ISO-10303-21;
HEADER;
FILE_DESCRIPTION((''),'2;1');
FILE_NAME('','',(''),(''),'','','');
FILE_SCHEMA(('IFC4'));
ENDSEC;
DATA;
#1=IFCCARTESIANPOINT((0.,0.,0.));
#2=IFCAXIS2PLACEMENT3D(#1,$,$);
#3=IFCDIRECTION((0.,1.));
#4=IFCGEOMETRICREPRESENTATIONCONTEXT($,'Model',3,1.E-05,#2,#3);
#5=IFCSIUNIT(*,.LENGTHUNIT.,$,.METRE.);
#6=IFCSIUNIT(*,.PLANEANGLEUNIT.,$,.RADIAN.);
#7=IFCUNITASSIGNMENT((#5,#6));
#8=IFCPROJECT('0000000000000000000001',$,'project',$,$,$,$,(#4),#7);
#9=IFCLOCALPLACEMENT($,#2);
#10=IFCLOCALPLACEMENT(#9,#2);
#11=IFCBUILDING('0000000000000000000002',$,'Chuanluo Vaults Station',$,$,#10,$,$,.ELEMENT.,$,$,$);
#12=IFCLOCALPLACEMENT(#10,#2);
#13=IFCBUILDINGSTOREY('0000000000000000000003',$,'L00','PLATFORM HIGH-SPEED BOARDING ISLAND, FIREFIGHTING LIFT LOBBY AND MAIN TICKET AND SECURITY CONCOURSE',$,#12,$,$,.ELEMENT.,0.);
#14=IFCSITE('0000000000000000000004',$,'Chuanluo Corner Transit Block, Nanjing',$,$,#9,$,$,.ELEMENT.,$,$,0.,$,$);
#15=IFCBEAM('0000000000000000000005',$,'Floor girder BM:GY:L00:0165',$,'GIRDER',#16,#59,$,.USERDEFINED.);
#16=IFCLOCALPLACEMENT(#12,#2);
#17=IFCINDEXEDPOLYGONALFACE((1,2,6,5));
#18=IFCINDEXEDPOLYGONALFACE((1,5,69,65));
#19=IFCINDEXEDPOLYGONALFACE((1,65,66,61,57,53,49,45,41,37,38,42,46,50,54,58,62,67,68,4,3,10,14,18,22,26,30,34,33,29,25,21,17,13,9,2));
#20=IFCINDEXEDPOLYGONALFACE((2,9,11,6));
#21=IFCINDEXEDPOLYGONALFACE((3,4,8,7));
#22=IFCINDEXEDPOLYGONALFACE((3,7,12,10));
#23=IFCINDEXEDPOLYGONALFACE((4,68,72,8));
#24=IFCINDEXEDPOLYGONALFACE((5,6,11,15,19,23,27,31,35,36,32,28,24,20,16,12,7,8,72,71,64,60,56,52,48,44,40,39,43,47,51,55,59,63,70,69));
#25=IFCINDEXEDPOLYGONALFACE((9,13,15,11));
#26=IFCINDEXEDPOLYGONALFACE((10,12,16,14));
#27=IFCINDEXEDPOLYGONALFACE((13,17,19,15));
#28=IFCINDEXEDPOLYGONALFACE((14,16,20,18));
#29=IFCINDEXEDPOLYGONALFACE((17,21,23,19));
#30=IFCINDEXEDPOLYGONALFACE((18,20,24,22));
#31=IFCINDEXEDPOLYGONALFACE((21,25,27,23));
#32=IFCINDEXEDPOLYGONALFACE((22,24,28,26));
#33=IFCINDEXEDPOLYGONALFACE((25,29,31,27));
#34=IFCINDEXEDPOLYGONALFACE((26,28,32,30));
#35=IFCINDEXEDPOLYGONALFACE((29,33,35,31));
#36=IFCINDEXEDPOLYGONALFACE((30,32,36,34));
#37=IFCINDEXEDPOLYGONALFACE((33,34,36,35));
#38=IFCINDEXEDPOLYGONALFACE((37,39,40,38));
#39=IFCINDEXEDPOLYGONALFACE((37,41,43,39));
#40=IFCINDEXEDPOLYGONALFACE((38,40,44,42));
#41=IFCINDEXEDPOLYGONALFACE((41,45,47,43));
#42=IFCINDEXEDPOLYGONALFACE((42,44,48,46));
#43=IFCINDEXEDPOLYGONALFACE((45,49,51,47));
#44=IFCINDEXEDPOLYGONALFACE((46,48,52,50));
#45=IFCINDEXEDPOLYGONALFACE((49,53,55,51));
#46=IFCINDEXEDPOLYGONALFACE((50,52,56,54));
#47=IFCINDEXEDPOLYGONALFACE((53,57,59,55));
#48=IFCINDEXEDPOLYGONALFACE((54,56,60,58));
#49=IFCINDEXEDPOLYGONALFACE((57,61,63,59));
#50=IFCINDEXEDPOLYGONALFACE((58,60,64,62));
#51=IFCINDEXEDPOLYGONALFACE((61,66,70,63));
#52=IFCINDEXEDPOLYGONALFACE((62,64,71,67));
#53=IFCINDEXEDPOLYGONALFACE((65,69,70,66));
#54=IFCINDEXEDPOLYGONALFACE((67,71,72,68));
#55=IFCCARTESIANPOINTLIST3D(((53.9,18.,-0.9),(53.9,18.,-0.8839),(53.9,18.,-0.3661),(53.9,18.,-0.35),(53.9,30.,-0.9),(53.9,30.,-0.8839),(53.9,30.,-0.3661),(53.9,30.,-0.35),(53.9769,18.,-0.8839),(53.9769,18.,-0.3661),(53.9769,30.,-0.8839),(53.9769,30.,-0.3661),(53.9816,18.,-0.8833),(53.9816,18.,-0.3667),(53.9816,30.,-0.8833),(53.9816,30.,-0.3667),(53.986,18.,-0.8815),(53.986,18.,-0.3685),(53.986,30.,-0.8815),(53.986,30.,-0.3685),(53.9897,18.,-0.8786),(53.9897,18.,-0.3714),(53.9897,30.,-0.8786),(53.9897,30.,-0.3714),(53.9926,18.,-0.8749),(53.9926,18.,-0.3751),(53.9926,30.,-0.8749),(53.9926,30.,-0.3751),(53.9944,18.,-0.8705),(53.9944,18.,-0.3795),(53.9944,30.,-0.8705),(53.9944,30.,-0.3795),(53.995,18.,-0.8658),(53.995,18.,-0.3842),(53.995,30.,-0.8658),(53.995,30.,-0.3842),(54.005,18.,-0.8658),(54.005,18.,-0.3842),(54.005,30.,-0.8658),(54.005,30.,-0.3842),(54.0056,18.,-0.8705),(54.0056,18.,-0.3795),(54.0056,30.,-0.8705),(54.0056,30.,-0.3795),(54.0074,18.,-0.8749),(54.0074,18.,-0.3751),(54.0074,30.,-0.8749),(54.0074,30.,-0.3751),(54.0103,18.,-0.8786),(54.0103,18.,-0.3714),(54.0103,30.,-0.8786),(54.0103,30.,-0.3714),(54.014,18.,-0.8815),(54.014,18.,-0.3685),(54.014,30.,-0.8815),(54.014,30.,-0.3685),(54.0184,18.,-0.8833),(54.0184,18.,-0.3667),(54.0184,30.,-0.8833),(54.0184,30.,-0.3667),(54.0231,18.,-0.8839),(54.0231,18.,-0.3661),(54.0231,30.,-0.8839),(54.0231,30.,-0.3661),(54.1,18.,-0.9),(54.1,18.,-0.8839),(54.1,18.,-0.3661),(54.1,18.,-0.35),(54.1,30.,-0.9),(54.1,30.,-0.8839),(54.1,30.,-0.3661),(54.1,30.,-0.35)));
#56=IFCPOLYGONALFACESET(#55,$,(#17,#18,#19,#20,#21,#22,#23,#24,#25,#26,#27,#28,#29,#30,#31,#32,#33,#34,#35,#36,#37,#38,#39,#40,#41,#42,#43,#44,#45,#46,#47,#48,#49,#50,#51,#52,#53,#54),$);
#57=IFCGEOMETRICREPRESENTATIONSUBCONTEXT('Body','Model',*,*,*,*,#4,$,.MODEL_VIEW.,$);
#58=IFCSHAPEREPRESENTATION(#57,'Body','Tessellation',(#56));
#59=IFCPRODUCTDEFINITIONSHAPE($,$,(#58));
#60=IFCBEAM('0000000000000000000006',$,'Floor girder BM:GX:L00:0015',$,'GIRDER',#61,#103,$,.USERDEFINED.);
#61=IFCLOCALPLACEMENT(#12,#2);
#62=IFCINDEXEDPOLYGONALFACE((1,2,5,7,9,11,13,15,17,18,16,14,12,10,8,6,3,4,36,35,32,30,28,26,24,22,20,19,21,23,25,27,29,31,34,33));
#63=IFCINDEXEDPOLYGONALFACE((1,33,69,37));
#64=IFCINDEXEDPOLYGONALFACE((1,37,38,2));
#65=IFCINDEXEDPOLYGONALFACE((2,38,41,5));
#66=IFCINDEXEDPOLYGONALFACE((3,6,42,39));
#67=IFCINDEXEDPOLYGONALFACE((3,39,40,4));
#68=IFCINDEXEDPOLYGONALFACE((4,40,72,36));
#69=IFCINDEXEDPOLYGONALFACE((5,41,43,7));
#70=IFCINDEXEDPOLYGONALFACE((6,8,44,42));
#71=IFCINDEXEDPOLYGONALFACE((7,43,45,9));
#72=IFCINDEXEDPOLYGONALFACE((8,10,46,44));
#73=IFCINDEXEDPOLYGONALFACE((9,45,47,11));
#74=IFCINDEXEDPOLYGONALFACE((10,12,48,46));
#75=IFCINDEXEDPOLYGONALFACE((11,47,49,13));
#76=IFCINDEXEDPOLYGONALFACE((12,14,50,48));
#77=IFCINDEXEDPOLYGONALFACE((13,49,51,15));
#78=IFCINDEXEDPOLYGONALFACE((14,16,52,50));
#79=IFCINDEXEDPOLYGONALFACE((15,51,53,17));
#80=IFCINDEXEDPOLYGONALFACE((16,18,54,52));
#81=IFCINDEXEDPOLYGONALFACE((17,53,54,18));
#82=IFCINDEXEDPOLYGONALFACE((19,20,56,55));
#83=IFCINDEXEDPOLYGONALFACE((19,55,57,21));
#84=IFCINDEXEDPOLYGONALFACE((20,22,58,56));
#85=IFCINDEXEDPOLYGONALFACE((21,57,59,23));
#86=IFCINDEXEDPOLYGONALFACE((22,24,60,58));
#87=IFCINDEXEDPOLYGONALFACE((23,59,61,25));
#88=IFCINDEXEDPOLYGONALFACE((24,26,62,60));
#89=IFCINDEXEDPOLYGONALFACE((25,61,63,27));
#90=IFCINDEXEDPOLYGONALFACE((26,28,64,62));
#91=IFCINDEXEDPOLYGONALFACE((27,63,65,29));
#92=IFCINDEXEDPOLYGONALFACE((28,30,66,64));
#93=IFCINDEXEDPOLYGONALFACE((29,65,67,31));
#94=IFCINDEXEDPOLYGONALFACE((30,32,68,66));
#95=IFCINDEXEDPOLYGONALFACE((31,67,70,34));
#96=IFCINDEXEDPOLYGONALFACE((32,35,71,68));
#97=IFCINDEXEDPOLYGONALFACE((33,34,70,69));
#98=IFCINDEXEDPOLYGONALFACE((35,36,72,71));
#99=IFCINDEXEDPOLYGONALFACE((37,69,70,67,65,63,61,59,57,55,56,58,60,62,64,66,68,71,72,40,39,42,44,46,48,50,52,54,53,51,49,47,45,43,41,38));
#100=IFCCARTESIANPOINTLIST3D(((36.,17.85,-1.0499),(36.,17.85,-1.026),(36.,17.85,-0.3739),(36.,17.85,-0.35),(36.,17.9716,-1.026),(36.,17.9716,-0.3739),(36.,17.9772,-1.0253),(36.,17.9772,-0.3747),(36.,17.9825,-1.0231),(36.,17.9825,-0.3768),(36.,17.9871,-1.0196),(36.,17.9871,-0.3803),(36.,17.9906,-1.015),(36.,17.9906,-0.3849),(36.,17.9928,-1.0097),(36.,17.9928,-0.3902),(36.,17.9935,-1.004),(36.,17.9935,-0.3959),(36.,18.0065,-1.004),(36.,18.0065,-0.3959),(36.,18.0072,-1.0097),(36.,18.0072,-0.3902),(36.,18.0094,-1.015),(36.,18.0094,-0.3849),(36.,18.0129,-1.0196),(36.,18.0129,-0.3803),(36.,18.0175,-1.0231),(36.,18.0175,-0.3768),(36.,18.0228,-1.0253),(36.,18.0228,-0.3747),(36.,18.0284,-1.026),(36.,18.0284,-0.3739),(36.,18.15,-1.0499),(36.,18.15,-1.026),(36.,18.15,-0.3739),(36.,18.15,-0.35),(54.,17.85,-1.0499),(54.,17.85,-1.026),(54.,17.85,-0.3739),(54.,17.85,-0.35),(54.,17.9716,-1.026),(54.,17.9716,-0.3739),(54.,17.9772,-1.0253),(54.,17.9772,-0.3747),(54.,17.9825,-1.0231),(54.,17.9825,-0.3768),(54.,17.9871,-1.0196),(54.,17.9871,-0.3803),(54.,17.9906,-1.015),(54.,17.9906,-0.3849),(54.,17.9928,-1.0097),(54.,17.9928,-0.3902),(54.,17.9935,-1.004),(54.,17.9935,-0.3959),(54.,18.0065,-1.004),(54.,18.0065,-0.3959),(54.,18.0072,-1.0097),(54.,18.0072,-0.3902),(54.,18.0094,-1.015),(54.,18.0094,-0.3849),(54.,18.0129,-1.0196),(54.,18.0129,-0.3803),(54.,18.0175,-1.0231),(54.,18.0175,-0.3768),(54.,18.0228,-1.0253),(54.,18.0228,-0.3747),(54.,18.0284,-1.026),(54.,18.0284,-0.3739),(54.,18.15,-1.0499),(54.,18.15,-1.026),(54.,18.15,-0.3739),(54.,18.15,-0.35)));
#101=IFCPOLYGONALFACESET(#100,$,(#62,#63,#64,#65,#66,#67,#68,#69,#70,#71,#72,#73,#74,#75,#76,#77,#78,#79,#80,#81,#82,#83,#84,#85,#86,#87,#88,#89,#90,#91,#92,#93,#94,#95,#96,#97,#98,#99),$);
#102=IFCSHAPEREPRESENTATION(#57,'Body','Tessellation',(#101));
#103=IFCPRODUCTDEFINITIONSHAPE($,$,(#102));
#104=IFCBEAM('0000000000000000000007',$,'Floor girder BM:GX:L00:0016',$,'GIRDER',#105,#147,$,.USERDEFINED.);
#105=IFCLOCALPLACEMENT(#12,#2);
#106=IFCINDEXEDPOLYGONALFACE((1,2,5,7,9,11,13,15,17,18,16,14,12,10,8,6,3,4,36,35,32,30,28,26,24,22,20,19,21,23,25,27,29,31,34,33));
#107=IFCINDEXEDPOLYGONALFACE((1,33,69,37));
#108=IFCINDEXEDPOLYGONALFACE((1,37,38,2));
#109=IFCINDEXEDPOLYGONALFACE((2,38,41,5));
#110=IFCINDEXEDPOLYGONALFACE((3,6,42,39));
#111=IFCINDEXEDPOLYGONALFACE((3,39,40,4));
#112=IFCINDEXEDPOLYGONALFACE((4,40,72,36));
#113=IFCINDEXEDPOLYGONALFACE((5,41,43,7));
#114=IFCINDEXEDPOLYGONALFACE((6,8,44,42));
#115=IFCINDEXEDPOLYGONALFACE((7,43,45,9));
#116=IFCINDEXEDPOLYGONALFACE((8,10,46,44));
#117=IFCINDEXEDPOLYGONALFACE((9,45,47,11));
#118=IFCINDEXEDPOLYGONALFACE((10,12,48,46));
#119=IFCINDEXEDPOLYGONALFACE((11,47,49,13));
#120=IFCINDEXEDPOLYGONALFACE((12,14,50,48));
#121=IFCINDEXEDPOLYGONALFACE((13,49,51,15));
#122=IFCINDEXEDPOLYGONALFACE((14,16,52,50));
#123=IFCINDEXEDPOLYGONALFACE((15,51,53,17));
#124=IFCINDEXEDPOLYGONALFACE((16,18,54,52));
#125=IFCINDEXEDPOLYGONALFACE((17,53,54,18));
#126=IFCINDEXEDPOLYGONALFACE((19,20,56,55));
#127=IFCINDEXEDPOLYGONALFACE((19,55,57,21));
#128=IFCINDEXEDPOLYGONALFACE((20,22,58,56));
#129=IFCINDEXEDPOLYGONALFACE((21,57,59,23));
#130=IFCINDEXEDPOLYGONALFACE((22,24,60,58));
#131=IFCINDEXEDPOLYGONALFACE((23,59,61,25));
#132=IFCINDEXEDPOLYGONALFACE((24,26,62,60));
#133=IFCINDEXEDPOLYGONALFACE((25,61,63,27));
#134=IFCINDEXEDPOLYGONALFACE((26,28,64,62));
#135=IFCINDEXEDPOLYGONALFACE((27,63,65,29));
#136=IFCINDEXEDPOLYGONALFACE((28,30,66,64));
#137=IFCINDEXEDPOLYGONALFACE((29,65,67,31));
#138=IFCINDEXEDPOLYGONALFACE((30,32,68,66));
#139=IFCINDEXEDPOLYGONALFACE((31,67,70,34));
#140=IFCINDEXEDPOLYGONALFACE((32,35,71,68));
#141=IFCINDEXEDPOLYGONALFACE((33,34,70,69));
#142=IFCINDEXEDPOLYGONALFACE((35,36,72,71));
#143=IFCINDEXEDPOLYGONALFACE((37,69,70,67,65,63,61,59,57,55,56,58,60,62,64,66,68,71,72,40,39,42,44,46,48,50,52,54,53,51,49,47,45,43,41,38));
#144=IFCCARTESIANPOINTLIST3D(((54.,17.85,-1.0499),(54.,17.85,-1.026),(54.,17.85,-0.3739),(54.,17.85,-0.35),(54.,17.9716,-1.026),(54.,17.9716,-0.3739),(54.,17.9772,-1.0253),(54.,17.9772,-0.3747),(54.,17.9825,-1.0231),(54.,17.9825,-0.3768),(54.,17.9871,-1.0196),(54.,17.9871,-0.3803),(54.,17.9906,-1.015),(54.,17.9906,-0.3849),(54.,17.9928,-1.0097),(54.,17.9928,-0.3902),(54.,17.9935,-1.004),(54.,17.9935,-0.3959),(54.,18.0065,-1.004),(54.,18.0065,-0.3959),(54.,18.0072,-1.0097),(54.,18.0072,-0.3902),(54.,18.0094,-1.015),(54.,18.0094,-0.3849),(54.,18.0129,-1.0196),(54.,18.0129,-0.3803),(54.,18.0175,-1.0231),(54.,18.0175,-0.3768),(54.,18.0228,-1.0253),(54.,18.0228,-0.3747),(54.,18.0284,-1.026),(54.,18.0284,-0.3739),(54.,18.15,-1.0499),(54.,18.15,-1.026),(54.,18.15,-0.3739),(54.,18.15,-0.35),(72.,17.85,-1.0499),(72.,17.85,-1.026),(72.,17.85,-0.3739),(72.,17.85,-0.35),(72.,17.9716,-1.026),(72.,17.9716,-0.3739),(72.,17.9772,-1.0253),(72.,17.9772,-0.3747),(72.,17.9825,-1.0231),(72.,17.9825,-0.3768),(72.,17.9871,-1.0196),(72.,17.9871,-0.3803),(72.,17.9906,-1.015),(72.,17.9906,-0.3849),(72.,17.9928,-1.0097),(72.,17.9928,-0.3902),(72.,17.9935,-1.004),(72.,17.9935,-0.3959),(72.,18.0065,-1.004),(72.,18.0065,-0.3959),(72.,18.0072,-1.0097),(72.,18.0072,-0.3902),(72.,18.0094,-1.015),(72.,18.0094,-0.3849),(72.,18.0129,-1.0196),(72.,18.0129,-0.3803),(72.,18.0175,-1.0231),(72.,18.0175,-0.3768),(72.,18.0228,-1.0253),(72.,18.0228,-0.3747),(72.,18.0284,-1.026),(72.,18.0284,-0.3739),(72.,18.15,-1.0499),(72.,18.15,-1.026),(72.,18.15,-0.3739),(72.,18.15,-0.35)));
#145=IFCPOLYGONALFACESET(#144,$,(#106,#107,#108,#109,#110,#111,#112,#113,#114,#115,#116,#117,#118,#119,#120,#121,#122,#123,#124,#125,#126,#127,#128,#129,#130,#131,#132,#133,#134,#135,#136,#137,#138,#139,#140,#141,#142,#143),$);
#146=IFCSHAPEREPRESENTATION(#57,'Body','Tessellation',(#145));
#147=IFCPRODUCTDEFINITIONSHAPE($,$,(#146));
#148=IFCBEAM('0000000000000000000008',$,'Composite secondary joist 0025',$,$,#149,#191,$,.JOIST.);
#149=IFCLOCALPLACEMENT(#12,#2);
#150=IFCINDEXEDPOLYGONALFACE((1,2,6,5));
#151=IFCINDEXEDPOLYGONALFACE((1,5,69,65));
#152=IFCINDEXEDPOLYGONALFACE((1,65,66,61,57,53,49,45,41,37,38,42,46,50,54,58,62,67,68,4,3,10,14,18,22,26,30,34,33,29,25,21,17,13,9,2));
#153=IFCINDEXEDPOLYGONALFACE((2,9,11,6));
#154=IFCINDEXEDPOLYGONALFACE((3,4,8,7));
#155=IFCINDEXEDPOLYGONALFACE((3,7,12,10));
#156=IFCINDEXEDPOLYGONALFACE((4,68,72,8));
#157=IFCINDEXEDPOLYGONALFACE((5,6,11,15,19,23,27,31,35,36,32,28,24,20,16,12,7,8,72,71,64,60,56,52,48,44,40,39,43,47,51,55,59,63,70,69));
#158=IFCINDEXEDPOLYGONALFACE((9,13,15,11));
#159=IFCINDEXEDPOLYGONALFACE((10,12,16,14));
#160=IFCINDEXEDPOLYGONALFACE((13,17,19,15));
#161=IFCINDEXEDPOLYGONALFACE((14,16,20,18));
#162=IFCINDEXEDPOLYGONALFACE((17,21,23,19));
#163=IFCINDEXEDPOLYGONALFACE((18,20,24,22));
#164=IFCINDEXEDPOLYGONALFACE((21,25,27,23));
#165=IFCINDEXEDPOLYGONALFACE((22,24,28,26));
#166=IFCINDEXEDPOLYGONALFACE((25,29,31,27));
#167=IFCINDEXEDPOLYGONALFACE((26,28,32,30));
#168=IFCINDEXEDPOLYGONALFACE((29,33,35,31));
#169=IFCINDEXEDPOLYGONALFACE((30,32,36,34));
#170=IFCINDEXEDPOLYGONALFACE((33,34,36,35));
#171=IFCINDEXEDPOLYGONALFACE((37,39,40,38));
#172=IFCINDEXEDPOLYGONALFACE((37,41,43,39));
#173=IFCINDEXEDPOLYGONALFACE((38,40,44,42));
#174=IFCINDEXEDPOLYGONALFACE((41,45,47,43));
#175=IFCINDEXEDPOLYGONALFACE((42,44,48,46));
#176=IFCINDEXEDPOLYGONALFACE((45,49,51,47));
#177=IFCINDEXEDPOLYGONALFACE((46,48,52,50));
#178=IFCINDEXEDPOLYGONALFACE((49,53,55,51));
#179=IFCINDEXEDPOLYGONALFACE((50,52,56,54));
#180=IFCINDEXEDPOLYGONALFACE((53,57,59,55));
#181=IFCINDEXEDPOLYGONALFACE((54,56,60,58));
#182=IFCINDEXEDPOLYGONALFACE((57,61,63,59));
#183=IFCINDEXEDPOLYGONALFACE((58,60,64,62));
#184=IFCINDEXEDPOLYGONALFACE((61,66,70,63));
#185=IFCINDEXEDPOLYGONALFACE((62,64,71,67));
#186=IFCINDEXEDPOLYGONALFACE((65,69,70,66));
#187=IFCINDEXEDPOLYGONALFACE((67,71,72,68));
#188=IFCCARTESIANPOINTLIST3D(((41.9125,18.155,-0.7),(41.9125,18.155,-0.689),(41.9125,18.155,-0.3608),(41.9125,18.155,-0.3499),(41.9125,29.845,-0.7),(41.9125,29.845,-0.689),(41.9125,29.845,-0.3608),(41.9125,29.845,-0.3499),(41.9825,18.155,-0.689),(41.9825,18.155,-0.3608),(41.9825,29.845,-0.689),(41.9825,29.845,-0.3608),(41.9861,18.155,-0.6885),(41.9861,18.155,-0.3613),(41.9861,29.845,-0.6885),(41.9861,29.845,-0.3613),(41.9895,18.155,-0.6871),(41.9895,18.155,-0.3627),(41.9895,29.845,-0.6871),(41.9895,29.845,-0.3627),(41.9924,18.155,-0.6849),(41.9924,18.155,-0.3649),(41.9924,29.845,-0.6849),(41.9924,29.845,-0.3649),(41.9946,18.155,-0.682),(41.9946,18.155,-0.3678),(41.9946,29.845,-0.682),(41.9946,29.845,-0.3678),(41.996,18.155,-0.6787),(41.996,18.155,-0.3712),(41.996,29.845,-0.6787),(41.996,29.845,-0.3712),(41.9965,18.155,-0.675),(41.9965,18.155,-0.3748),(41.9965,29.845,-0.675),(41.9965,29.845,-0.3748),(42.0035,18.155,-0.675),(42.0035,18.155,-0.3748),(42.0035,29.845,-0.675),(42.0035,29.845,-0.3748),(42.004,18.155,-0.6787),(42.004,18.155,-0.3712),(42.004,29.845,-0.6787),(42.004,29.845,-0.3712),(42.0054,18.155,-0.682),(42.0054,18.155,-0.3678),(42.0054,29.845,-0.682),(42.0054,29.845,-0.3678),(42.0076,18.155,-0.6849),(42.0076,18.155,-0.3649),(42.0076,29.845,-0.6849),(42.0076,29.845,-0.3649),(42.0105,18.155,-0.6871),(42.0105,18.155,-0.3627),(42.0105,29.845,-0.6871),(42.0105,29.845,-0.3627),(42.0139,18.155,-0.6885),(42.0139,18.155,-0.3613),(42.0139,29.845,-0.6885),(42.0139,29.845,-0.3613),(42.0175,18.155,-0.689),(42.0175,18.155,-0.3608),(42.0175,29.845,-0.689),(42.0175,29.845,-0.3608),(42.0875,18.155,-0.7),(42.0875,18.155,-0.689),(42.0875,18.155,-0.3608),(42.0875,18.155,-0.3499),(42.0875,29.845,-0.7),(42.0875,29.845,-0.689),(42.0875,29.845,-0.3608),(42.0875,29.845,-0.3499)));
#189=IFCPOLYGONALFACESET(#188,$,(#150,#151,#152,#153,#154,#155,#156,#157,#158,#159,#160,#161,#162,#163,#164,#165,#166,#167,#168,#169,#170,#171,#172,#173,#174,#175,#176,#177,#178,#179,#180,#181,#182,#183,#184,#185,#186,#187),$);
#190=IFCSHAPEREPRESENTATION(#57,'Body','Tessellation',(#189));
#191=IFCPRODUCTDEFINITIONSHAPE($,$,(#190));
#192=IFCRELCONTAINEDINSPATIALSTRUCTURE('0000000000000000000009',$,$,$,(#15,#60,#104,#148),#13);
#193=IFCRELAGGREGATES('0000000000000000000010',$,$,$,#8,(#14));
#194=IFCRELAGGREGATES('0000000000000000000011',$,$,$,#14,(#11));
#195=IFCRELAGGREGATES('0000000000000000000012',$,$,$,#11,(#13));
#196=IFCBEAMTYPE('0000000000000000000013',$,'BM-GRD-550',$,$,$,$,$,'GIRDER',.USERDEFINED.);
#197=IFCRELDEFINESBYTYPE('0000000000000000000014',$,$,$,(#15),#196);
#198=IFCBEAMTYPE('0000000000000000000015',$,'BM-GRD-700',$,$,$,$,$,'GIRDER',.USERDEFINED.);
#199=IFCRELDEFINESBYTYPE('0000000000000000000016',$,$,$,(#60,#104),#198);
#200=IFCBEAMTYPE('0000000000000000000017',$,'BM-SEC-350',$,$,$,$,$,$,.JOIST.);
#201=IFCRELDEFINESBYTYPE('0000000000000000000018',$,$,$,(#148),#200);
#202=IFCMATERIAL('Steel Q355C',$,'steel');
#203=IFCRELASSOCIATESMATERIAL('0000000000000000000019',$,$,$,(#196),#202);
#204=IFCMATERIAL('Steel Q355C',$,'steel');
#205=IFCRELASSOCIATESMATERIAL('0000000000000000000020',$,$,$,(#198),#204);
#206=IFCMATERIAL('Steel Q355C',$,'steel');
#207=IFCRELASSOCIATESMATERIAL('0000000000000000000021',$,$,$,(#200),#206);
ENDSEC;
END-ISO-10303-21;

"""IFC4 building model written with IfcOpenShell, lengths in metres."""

from ifc_helpers import new_model, si_unit, direction, frame, origin, origin_2d, place, context, subcontext, project, spatial, i_section, extrude, material, material_profile, profile_set, type_object, element, save


model = new_model("IFC4")

# Units and contexts
model_context = context("Model", 3, precision=1e-05, world=origin(), true_north=direction((0.0, 1.0)))
body_context = subcontext(model_context, "Body", "Model", "MODEL_VIEW")
ifc_project = project(units=[si_unit("LENGTHUNIT", "METRE"), si_unit("PLANEANGLEUNIT", "RADIAN")], contexts=[model_context])

# Site, building, storey
site_placement = place(None, origin())
site = spatial("IfcSite", under=ifc_project, at=site_placement, Name="Chuanluo Corner Transit Block, Nanjing", CompositionType="ELEMENT", RefElevation=0.0)
building_placement = place(site_placement, origin())
building = spatial("IfcBuilding", under=site, at=building_placement, Name="Chuanluo Vaults Station", CompositionType="ELEMENT")
storey_placement = place(building_placement, origin())
storey = spatial("IfcBuildingStorey", under=building, at=storey_placement, Name="L00", Description="PLATFORM HIGH-SPEED BOARDING ISLAND, FIREFIGHTING LIFT LOBBY AND MAIN TICKET AND SECURITY CONCOURSE", CompositionType="ELEMENT", Elevation=0.0)

# Beams
ifc_material_1 = material(Name="Steel Q355C", Category="steel")
ifc_material_profile_1 = material_profile(ifc_material_1, i_section(OverallWidth=0.2, OverallDepth=0.55, WebThickness=0.01, FlangeThickness=0.0161, FilletRadius=0.0181, at=origin_2d()))
ifc_profile_set_1 = profile_set([ifc_material_profile_1], Name="Steel Q355C")
beam_type_1 = type_object("IfcBeamType", Name="BM-GRD-550", ElementType="GIRDER", PredefinedType="USERDEFINED", material=ifc_profile_set_1)
for number, where, z_axis, x_axis, name in (
    (1, (54.0, 18.0, -0.625), (0.0, 1.0, 0.0), (-1.0, 0.0, 0.0), "Floor girder BM:GY:L00:0165"),
):
    element("IfcBeam", number, at=place(storey_placement, frame(where, z_axis=z_axis, x_axis=x_axis)), inside=storey, type_object=beam_type_1, Name=name, ObjectType="GIRDER", PredefinedType="USERDEFINED", context=body_context, shape_type="SweptSolid", body=[
        extrude(i_section(OverallWidth=0.2, OverallDepth=0.55, WebThickness=0.01, FlangeThickness=0.0161, FilletRadius=0.0181, at=origin_2d()), origin(), (0.0, 0.0, 1.0), 12.0),
    ])
ifc_material_2 = material(Name="Steel Q355C", Category="steel")
ifc_material_profile_2 = material_profile(ifc_material_2, i_section(OverallWidth=0.3, OverallDepth=0.7, WebThickness=0.0129, FlangeThickness=0.0239, FilletRadius=0.022, at=origin_2d()))
ifc_profile_set_2 = profile_set([ifc_material_profile_2], Name="Steel Q355C")
beam_type_2 = type_object("IfcBeamType", Name="BM-GRD-700", ElementType="GIRDER", PredefinedType="USERDEFINED", material=ifc_profile_set_2)
for number, where, z_axis, x_axis, name in (
    (2, (36.0, 18.0, -0.7), (1.0, 0.0, 0.0), (0.0, 1.0, 0.0), "Floor girder BM:GX:L00:0015"),
    (3, (54.0, 18.0, -0.7), (1.0, 0.0, 0.0), (0.0, 1.0, 0.0), "Floor girder BM:GX:L00:0016"),
):
    element("IfcBeam", number, at=place(storey_placement, frame(where, z_axis=z_axis, x_axis=x_axis)), inside=storey, type_object=beam_type_2, Name=name, ObjectType="GIRDER", PredefinedType="USERDEFINED", context=body_context, shape_type="SweptSolid", body=[
        extrude(i_section(OverallWidth=0.3, OverallDepth=0.7, WebThickness=0.0129, FlangeThickness=0.0239, FilletRadius=0.022, at=origin_2d()), origin(), (0.0, 0.0, 1.0), 18.0),
    ])
ifc_material_3 = material(Name="Steel Q355C", Category="steel")
ifc_material_profile_3 = material_profile(ifc_material_3, i_section(OverallWidth=0.175, OverallDepth=0.3501, WebThickness=0.0071, FlangeThickness=0.011, FilletRadius=0.0139, at=origin_2d()))
ifc_profile_set_3 = profile_set([ifc_material_profile_3], Name="Steel Q355C")
beam_type_3 = type_object("IfcBeamType", Name="BM-SEC-350", PredefinedType="JOIST", material=ifc_profile_set_3)
for number, where, z_axis, x_axis, name in (
    (4, (42.0, 18.155, -0.5249), (0.0, 1.0, 0.0), (-1.0, 0.0, 0.0), "Composite secondary joist 0025"),
):
    element("IfcBeam", number, at=place(storey_placement, frame(where, z_axis=z_axis, x_axis=x_axis)), inside=storey, type_object=beam_type_3, Name=name, PredefinedType="JOIST", context=body_context, shape_type="SweptSolid", body=[
        extrude(i_section(OverallWidth=0.175, OverallDepth=0.3501, WebThickness=0.0071, FlangeThickness=0.011, FilletRadius=0.0139, at=origin_2d()), origin(), (0.0, 0.0, 1.0), 11.6899),
    ])

save(model, "model.ifc")
